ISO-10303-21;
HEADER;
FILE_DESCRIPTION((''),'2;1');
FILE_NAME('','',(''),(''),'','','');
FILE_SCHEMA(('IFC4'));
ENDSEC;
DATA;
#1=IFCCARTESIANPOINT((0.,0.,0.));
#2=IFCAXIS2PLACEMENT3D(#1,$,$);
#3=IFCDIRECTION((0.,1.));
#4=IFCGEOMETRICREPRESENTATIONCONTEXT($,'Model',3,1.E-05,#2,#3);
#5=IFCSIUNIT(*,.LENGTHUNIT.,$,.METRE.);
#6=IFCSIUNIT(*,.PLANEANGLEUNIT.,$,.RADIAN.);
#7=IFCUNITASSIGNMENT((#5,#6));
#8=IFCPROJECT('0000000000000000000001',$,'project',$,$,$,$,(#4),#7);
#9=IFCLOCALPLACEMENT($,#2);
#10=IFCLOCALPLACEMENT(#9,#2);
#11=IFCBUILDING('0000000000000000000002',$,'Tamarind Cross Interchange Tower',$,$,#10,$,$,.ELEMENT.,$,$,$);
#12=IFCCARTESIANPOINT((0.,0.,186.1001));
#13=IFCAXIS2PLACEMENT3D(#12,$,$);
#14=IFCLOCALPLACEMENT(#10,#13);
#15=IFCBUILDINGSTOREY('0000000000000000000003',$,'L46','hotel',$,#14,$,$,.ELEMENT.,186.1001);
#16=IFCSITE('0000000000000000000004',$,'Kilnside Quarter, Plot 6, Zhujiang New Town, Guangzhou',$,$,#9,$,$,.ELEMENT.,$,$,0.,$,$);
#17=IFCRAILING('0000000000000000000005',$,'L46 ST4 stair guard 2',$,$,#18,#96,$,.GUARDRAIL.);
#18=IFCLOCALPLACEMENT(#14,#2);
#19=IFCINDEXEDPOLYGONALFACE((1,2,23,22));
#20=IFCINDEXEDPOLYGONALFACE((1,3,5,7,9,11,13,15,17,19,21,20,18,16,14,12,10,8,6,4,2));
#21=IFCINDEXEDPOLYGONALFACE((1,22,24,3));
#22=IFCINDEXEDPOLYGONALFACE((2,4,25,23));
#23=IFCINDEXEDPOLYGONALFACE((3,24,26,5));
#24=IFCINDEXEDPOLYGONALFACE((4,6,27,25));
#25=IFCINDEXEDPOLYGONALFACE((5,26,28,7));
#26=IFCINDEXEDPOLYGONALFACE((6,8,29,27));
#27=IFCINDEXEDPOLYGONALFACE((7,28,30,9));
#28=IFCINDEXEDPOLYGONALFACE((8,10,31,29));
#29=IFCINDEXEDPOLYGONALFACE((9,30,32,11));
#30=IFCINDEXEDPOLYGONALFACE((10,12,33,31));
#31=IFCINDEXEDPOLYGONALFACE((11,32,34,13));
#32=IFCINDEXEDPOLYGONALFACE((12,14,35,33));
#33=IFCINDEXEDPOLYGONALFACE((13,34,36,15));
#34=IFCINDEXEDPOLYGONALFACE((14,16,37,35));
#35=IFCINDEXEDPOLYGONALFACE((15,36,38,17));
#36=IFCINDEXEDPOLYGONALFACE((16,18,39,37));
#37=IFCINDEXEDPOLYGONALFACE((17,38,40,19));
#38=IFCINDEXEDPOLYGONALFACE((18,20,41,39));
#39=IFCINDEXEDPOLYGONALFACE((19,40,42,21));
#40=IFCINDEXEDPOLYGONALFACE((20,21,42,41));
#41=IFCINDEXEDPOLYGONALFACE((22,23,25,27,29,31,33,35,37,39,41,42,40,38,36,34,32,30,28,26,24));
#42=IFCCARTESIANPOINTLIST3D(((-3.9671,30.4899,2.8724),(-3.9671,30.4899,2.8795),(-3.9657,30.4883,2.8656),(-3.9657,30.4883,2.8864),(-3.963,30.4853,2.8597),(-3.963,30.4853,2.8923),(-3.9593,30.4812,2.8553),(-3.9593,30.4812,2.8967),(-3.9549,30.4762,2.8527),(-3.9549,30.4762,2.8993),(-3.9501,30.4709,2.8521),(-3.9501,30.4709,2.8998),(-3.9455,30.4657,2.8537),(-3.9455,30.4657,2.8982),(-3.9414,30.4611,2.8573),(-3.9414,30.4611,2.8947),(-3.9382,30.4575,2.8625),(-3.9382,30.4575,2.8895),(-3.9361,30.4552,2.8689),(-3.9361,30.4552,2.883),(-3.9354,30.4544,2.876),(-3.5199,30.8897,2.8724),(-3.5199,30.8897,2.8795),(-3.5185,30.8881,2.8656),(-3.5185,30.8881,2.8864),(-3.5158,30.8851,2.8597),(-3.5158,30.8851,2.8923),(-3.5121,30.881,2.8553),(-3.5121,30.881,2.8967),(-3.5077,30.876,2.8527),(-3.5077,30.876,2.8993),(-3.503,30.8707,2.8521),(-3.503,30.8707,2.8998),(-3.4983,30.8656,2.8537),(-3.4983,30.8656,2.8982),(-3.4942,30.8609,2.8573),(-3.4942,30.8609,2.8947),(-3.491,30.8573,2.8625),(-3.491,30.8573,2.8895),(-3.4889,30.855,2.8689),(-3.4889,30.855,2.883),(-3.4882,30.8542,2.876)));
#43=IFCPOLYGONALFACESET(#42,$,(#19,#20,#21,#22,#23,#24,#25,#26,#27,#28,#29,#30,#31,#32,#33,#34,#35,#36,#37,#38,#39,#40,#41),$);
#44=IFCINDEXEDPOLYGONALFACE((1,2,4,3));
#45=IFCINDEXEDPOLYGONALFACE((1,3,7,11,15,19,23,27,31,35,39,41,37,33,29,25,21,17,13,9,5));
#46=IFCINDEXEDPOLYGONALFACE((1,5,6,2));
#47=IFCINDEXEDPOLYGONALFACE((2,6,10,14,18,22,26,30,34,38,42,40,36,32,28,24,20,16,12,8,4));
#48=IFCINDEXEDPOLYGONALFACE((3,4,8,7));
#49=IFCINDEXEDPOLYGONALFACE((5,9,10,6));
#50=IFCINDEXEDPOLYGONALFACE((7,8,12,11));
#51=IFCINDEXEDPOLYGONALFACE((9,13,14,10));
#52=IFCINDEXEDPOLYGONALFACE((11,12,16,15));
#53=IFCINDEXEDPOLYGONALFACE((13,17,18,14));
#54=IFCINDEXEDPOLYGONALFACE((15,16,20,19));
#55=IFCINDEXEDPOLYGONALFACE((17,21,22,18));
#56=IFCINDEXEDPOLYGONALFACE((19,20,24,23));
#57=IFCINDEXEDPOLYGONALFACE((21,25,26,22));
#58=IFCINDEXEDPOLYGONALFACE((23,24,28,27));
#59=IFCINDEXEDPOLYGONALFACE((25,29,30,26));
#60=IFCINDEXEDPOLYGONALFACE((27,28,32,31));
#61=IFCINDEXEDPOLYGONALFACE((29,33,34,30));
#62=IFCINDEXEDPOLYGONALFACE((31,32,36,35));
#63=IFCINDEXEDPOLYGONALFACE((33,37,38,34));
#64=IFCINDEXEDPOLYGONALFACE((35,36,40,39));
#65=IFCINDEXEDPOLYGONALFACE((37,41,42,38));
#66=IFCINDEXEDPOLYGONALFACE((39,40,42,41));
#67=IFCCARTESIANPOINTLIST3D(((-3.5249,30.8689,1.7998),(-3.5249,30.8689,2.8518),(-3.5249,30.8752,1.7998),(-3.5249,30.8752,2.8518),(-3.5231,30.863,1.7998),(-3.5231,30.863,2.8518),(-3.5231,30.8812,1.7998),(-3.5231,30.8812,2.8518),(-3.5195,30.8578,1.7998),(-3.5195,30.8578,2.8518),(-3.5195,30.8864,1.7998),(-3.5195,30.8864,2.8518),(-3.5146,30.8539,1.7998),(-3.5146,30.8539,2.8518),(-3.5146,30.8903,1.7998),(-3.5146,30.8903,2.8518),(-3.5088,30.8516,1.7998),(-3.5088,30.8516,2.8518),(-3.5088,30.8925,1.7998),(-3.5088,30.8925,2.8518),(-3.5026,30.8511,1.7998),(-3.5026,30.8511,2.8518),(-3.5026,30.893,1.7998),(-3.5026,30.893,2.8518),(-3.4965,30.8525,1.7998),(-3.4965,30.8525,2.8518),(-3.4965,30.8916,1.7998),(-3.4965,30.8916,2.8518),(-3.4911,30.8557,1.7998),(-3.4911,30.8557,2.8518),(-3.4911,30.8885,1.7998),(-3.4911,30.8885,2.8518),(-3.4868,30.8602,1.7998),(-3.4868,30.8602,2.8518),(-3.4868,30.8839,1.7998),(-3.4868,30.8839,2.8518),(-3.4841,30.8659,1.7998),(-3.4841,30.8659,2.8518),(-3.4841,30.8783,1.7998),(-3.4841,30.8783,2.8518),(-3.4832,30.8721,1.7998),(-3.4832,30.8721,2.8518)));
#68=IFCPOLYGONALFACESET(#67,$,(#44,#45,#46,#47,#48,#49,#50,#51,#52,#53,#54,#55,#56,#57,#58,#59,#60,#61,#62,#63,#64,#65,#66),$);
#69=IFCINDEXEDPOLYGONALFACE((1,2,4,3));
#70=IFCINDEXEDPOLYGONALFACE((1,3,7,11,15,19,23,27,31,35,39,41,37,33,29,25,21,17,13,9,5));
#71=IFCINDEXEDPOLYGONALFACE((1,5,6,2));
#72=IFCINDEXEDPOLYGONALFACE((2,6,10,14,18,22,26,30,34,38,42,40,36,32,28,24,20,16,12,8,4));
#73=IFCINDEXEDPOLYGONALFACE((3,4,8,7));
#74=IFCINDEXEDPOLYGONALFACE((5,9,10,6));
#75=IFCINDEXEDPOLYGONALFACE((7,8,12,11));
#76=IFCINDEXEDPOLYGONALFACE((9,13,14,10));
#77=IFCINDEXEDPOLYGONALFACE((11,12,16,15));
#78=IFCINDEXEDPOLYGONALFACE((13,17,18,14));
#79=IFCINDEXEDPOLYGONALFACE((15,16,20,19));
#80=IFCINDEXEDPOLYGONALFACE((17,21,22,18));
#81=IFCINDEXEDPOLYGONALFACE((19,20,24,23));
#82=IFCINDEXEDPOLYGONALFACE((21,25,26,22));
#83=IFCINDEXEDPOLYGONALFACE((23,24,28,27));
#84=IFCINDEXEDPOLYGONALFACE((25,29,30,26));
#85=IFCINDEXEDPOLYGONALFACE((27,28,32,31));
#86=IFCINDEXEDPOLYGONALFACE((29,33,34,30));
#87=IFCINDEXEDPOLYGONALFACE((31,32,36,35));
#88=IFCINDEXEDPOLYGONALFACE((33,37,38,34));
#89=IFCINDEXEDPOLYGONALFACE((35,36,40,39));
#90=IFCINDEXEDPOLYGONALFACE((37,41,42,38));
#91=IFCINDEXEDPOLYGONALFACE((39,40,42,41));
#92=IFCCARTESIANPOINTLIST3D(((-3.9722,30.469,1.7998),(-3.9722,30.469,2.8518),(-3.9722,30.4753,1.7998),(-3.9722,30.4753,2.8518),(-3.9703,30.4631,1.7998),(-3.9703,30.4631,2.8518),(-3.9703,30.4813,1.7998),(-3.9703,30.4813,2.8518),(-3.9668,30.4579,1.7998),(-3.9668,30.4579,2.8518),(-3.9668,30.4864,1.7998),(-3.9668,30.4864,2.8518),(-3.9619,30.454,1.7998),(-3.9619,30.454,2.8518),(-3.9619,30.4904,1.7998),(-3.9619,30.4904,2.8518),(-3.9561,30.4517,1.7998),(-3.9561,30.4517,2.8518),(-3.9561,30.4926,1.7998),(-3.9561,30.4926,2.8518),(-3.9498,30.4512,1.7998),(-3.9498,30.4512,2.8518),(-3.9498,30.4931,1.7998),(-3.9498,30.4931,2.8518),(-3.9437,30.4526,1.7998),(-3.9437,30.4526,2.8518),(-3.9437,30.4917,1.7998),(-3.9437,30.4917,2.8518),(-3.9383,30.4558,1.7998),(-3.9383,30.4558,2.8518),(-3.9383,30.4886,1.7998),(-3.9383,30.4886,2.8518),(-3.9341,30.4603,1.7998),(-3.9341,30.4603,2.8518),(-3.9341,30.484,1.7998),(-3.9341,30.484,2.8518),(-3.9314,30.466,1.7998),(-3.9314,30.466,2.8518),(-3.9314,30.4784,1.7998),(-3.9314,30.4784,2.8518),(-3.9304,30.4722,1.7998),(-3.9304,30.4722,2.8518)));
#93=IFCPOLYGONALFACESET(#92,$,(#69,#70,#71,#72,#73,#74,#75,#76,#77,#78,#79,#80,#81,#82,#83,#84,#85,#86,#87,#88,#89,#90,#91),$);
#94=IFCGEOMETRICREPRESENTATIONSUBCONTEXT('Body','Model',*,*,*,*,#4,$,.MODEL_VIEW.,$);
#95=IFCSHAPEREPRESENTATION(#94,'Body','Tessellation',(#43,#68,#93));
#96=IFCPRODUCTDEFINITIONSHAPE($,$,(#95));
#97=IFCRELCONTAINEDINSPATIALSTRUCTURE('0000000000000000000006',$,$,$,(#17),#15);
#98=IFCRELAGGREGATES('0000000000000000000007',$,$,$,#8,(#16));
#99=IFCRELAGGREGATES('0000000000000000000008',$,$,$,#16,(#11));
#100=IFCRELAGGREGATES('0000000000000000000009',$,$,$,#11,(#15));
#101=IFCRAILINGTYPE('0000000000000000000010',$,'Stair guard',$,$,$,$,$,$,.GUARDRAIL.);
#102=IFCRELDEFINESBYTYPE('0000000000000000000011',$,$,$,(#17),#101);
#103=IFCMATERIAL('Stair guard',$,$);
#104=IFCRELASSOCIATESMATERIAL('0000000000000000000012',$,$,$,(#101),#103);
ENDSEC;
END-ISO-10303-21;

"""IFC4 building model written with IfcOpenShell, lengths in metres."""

from ifc_helpers import new_model, si_unit, direction, frame, origin, origin_2d, place, context, subcontext, project, spatial, circle, extrude, material, type_object, element, save


model = new_model("IFC4")

# Units and contexts
model_context = context("Model", 3, precision=1e-05, world=origin(), true_north=direction((0.0, 1.0)))
body_context = subcontext(model_context, "Body", "Model", "MODEL_VIEW")
ifc_project = project(units=[si_unit("LENGTHUNIT", "METRE"), si_unit("PLANEANGLEUNIT", "RADIAN")], contexts=[model_context])

# Site, building, storey
site_placement = place(None, origin())
site = spatial("IfcSite", under=ifc_project, at=site_placement, Name="Kilnside Quarter, Plot 6, Zhujiang New Town, Guangzhou", CompositionType="ELEMENT", RefElevation=0.0)
building_placement = place(site_placement, origin())
building = spatial("IfcBuilding", under=site, at=building_placement, Name="Tamarind Cross Interchange Tower", CompositionType="ELEMENT")
storey_placement = place(building_placement, frame((0.0, 0.0, 186.1001)))
storey = spatial("IfcBuildingStorey", under=building, at=storey_placement, Name="L46", Description="hotel", CompositionType="ELEMENT", Elevation=186.1001)

# Railing
ifc_material_1 = material(Name="Stair guard")
railing_type_1 = type_object("IfcRailingType", Name="Stair guard", PredefinedType="GUARDRAIL", material=ifc_material_1)
railing_1_placement = place(storey_placement, frame((-3.5042, 30.8721, 1.7998)))
element("IfcRailing", 1, at=railing_1_placement, inside=storey, type_object=railing_type_1, Name="L46 ST4 stair guard 2", PredefinedType="GUARDRAIL", context=body_context, shape_type="SweptSolid", body=[
    extrude(circle(Radius=0.0239, at=origin_2d()), frame((0.0, 0.0, 1.0762), z_axis=(-0.745475, -0.666533, 0.0), x_axis=(0.666533, -0.745475, 0.0)), (0.0, 0.0, 1.0), 0.5999),
    extrude(circle(Radius=0.021, at=origin_2d()), origin(), (0.0, 0.0, 1.0), 1.052),
    extrude(circle(Radius=0.021, at=origin_2d()), frame((-0.4473, -0.3999, 0.0)), (0.0, 0.0, 1.0), 1.052),
])

save(model, "model.ifc")
